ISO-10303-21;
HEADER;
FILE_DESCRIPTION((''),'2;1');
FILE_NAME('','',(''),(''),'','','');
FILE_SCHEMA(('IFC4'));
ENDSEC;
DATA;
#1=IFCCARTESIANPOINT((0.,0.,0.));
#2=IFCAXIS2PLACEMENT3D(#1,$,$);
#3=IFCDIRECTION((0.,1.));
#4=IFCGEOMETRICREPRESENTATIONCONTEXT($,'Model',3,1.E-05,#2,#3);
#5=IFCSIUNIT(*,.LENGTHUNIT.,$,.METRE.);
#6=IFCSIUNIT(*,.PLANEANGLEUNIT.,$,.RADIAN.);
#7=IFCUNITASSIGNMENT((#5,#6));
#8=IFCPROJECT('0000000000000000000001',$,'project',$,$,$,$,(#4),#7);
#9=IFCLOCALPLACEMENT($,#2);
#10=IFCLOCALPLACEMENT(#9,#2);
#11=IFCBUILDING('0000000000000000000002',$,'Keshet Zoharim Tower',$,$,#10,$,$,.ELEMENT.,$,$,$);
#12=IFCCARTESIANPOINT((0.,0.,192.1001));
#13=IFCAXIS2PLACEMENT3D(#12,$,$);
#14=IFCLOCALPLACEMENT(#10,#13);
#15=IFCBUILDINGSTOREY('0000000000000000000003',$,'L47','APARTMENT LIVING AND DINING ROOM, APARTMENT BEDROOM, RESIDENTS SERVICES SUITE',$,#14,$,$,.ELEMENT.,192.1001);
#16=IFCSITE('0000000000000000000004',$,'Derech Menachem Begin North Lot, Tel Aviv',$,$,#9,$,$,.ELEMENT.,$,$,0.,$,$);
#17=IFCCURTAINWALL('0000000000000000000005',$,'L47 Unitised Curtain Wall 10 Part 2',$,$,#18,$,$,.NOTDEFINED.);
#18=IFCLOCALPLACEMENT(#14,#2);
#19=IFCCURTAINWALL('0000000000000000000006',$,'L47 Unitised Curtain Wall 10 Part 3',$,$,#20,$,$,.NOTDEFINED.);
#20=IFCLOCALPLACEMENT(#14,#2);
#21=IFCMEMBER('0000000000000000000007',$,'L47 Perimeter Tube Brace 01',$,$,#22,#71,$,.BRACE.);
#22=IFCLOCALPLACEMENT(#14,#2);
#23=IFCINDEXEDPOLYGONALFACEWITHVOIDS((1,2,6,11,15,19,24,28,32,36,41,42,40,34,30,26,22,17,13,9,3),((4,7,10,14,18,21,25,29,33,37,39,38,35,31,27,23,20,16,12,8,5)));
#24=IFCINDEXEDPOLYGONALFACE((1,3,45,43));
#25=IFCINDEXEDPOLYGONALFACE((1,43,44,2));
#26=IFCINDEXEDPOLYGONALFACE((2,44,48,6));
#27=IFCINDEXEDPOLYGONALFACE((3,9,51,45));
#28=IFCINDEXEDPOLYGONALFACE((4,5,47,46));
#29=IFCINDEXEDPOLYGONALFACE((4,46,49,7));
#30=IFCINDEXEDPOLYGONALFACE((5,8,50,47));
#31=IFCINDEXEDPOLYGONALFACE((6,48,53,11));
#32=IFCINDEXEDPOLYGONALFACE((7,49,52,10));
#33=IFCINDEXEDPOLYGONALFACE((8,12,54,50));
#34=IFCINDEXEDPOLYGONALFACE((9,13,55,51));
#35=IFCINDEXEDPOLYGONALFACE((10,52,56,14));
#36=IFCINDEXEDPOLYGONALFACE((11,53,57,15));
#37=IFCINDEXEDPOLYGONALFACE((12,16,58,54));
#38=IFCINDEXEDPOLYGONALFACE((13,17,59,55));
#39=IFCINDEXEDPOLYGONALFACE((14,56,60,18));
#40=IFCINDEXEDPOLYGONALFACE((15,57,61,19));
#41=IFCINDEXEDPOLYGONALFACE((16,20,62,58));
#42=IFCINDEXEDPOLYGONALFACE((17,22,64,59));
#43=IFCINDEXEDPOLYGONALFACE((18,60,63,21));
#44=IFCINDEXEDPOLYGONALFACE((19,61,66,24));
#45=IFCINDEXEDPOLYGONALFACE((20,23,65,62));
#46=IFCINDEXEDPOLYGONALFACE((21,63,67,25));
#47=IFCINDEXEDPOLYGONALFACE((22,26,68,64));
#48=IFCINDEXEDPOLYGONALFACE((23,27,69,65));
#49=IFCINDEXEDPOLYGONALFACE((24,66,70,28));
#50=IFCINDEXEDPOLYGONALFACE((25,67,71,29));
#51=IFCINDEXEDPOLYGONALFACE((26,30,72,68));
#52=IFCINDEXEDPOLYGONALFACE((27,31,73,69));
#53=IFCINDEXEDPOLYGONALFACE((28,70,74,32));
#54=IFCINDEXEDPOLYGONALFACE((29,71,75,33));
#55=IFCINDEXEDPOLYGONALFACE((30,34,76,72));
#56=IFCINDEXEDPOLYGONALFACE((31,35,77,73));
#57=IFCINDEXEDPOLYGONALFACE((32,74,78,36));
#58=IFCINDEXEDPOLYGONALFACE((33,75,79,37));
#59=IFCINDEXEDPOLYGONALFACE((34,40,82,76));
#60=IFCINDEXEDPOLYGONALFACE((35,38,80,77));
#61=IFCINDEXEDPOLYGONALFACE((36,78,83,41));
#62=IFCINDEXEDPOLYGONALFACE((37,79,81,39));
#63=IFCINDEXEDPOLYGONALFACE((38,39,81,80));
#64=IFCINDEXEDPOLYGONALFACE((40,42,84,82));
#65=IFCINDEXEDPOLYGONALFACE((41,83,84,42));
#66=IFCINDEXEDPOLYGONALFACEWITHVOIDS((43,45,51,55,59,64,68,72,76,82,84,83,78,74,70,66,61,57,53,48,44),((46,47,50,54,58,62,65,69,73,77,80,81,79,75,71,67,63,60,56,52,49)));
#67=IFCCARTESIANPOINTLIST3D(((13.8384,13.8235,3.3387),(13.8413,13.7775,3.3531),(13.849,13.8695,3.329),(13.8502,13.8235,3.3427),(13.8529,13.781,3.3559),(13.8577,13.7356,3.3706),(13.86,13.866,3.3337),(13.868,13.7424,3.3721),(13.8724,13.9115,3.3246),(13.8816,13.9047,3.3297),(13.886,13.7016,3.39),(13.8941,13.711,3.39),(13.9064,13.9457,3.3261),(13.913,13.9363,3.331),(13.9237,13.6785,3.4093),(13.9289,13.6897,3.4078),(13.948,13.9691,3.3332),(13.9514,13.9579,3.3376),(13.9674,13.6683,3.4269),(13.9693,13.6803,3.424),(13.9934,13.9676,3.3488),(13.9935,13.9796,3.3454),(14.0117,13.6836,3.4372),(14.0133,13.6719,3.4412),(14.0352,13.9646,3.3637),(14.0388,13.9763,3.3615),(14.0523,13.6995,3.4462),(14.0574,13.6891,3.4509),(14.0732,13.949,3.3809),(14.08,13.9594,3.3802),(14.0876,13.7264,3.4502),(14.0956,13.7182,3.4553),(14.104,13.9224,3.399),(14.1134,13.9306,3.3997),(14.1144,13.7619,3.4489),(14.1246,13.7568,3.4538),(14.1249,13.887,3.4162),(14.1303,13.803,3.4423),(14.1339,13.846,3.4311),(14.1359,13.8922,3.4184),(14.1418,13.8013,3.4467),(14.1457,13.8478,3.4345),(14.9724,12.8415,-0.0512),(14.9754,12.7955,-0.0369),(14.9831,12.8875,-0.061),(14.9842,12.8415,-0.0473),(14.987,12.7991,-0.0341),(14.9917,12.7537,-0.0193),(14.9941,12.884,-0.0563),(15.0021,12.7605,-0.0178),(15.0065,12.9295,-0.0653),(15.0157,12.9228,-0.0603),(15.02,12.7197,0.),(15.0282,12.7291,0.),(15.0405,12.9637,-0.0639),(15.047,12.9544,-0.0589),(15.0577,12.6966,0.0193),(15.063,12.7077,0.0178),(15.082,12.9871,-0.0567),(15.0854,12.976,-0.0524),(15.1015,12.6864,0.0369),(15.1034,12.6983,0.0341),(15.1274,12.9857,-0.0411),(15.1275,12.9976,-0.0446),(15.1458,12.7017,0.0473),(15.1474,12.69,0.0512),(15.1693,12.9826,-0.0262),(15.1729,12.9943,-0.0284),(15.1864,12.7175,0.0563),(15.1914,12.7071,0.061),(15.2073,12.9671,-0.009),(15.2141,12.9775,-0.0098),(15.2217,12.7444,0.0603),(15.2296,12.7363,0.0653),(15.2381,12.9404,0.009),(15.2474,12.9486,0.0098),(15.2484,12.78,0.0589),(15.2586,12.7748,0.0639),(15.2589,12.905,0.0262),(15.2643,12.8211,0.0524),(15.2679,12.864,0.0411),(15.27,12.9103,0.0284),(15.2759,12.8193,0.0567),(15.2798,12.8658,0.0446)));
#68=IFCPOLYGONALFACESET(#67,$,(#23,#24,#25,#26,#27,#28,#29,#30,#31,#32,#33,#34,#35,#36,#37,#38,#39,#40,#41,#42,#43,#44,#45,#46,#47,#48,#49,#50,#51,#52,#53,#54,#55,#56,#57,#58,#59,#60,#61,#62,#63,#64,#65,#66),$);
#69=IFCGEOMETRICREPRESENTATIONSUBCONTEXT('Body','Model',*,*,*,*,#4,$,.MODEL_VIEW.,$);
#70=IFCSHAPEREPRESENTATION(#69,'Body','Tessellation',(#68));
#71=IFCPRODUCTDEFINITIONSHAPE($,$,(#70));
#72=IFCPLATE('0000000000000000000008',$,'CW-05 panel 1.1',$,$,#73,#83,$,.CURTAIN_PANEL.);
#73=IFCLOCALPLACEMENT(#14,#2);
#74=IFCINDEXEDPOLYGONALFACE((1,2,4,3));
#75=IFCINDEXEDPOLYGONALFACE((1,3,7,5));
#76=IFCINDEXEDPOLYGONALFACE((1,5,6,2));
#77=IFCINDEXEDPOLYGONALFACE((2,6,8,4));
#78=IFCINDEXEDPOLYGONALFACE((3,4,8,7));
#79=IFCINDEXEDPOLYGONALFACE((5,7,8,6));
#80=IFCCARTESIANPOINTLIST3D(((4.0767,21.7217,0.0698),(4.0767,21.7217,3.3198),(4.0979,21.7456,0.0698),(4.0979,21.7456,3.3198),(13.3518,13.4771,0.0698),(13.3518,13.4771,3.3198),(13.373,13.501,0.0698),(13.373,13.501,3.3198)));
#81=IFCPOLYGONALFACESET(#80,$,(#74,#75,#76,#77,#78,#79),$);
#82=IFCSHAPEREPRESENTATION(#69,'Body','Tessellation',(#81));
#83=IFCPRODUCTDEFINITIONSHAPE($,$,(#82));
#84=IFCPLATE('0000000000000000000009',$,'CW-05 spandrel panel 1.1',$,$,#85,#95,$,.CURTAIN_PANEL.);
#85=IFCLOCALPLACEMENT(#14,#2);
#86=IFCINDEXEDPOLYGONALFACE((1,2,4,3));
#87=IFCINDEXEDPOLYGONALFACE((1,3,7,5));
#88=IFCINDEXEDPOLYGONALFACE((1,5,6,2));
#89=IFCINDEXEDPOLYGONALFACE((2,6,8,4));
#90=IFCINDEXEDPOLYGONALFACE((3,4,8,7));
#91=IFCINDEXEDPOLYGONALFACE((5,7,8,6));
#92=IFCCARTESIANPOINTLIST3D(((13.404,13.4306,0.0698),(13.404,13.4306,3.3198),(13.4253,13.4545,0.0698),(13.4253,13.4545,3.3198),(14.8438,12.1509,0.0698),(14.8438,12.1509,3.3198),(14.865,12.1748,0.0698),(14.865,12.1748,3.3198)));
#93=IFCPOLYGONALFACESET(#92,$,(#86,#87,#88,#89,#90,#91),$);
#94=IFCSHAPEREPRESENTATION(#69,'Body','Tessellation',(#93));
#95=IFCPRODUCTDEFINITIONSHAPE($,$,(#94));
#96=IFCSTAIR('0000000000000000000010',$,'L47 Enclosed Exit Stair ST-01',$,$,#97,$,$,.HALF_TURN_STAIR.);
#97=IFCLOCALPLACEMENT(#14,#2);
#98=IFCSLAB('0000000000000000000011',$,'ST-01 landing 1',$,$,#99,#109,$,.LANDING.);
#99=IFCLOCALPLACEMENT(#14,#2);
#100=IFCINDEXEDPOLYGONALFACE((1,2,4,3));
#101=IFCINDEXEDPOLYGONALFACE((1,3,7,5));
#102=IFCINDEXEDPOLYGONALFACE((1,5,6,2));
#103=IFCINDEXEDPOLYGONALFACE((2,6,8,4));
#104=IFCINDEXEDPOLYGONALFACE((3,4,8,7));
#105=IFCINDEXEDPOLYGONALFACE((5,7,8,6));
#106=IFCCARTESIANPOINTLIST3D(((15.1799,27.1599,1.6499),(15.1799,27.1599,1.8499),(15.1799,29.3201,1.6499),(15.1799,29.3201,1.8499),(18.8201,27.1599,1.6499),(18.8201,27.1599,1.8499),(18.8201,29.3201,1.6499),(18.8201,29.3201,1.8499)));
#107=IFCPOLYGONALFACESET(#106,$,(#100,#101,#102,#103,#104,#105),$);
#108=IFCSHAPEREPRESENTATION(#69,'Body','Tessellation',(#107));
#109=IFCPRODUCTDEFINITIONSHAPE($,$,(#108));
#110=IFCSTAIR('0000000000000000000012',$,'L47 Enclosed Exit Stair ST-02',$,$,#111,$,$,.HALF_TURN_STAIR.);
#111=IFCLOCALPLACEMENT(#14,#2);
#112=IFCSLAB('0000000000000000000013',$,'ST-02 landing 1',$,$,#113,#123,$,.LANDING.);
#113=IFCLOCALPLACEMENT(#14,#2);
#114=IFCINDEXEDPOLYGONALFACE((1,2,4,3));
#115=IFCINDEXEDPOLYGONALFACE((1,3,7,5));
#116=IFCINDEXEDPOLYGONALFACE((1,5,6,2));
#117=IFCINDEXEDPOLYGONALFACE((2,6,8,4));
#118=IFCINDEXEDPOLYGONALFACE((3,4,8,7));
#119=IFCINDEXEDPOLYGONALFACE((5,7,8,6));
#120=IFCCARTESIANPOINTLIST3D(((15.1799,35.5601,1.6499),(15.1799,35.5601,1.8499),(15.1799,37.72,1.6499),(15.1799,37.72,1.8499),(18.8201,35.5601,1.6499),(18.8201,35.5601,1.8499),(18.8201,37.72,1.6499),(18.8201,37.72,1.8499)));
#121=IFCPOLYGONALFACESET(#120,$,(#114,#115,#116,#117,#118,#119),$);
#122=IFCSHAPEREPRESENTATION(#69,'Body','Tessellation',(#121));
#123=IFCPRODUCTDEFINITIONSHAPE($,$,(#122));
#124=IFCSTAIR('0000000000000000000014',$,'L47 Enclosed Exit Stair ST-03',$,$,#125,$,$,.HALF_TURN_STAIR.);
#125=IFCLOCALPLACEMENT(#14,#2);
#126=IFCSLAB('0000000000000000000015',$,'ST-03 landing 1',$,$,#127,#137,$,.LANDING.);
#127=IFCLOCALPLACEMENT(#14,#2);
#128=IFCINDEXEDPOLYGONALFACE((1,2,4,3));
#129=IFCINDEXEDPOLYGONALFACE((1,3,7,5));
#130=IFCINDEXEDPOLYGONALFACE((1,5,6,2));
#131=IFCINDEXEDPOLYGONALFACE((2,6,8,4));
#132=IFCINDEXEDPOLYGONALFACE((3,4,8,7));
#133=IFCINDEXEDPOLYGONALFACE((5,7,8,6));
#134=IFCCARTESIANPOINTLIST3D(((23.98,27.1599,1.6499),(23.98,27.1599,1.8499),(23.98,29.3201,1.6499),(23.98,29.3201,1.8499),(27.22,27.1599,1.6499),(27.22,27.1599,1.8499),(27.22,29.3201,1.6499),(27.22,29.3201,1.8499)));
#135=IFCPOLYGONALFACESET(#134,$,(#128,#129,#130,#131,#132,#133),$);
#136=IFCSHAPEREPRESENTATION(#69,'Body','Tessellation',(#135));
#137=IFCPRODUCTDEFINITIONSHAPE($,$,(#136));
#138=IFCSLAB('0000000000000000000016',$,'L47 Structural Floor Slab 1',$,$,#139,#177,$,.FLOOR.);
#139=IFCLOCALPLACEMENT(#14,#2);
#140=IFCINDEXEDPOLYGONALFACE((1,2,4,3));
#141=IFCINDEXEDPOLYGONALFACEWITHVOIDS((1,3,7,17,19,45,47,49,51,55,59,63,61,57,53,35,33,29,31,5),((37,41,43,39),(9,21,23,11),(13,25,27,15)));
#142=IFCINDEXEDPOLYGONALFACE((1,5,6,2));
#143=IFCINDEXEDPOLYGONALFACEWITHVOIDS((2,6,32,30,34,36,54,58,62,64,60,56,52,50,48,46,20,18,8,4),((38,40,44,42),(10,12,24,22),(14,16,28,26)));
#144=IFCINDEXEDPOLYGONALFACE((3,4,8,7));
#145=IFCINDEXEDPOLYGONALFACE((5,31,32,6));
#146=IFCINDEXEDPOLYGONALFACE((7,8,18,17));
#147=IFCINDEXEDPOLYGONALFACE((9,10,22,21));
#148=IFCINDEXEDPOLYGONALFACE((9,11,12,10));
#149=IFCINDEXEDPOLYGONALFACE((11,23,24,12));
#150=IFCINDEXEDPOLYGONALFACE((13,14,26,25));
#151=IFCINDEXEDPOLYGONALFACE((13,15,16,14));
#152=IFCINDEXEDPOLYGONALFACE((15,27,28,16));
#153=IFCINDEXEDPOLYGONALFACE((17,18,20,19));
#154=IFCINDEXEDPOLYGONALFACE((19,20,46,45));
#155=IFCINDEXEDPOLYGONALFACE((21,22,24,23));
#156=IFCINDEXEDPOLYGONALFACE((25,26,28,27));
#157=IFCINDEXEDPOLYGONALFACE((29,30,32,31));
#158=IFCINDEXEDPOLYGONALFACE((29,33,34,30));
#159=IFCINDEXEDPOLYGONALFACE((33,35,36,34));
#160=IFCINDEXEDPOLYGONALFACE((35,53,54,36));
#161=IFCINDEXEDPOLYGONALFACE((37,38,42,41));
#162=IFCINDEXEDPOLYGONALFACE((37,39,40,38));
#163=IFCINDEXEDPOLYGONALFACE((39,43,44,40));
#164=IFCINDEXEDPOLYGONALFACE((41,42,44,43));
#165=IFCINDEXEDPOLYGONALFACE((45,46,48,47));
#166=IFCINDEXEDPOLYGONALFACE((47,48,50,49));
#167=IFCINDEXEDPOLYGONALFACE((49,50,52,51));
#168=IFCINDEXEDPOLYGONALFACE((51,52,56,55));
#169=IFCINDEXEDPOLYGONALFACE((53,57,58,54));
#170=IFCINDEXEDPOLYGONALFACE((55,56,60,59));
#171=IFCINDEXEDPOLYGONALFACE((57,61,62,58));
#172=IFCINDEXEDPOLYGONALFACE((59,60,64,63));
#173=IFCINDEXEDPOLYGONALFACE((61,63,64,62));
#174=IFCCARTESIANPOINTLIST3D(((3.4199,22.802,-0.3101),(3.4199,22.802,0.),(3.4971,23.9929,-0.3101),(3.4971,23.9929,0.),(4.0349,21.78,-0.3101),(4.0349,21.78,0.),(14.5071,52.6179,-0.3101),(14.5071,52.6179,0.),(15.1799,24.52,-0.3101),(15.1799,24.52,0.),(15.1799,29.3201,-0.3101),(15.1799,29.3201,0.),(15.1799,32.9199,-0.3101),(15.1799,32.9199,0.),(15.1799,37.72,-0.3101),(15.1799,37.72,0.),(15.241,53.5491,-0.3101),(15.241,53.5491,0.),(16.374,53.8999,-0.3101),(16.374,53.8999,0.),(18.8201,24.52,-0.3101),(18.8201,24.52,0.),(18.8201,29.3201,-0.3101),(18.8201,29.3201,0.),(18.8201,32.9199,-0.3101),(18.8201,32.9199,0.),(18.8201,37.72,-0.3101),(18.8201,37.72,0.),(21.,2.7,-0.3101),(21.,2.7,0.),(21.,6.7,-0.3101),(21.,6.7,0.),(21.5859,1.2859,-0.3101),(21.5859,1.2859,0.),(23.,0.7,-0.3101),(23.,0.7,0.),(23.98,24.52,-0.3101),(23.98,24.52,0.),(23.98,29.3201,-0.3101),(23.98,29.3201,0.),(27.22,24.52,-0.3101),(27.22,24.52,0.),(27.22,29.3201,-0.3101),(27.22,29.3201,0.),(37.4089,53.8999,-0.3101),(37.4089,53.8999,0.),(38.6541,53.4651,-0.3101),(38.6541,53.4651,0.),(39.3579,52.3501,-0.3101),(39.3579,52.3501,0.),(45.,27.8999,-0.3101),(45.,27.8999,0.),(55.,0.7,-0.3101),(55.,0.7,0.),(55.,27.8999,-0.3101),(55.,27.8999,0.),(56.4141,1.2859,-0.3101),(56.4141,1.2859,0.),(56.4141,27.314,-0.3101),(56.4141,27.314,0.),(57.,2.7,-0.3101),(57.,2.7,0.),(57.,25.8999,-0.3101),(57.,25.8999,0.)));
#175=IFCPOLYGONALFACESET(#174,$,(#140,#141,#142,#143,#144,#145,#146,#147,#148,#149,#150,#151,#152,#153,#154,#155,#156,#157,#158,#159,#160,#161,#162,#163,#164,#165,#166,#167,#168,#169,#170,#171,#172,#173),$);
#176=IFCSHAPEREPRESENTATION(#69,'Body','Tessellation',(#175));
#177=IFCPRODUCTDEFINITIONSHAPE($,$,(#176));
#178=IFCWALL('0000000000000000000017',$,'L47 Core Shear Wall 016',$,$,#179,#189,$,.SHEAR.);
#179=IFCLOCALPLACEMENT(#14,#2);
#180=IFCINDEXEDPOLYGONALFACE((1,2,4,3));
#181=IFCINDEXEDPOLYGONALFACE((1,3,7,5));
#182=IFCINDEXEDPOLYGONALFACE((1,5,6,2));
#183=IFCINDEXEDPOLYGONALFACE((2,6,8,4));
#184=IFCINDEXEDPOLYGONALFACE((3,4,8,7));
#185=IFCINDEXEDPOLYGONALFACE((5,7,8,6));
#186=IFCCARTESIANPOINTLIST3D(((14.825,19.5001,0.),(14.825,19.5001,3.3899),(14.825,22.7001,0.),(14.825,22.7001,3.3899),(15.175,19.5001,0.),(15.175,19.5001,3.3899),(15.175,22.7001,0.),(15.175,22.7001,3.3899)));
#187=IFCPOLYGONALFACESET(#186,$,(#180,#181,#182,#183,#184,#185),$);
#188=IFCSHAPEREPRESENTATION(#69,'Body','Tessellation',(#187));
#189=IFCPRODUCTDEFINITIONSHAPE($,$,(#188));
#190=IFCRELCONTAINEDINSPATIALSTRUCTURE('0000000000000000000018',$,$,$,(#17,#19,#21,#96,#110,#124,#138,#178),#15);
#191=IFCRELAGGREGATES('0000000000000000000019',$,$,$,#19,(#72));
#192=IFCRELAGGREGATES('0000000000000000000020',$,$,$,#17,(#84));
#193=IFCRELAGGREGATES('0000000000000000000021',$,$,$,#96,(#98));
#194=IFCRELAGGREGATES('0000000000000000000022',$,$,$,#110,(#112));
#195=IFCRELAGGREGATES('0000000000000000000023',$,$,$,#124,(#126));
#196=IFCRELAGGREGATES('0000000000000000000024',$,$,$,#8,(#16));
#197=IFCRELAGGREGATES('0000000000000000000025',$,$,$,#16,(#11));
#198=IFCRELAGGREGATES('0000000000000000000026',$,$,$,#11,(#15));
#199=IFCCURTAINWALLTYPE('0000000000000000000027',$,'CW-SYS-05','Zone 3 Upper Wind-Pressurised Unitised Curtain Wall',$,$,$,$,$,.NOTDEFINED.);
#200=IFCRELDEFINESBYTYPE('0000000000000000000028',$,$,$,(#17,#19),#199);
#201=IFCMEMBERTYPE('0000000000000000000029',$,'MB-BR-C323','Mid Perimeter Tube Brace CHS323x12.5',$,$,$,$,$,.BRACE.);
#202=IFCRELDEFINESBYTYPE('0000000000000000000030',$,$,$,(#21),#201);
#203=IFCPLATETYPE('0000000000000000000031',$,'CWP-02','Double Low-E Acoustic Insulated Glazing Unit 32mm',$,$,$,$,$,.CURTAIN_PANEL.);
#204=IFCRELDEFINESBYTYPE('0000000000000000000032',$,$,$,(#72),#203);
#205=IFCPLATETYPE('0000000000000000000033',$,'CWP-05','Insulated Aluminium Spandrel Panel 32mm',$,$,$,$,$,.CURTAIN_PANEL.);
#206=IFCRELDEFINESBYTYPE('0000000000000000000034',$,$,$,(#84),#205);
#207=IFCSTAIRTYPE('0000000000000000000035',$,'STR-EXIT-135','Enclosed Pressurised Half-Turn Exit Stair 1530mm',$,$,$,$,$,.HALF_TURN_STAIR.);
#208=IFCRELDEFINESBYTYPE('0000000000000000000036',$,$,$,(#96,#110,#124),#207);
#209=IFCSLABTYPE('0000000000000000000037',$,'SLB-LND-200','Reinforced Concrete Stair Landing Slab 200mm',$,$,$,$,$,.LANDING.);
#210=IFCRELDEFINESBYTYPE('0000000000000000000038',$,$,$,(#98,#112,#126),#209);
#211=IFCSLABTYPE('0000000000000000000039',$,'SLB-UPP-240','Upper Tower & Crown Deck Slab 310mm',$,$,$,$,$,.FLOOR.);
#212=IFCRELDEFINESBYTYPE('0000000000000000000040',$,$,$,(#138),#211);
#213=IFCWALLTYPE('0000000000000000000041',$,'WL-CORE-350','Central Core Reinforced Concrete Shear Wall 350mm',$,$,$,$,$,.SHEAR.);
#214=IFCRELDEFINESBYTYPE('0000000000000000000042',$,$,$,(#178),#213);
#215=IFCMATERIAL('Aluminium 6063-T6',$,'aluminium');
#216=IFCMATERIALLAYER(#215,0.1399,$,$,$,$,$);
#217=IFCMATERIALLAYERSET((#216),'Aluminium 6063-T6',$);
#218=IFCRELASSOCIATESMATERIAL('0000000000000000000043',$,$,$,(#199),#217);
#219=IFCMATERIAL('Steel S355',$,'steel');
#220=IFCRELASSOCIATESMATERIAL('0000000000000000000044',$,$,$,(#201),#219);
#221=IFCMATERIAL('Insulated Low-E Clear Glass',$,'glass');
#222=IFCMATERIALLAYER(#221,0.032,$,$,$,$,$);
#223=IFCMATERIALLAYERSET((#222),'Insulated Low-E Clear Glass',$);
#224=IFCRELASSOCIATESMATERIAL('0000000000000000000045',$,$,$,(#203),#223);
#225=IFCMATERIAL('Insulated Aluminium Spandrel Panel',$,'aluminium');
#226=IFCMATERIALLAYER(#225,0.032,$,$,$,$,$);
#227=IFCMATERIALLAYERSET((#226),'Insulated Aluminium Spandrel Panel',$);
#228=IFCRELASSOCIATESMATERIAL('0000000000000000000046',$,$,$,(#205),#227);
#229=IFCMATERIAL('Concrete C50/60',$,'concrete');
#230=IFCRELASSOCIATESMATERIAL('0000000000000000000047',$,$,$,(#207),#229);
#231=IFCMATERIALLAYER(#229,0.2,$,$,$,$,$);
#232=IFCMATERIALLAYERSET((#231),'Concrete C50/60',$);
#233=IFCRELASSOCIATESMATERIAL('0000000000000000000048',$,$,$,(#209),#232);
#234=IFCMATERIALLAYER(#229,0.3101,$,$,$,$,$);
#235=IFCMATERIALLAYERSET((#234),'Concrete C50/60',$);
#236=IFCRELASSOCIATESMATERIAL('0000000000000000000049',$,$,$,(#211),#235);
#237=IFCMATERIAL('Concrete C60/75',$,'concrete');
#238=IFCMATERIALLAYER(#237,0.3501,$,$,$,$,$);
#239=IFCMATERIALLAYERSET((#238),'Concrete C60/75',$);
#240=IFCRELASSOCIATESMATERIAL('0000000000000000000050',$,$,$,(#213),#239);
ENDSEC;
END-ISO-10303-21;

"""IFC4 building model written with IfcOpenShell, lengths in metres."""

from ifc_helpers import new_model, si_unit, direction, frame, frame_2d, origin, origin_2d, place, context, subcontext, project, spatial, polyline, rectangle, hollow_circle, outline, extrude, material, layer, layer_set, material_profile, profile_set, type_object, element, aggregate, save


model = new_model("IFC4")

# Units and contexts
model_context = context("Model", 3, precision=1e-05, world=origin(), true_north=direction((0.0, 1.0)))
body_context = subcontext(model_context, "Body", "Model", "MODEL_VIEW")
ifc_project = project(units=[si_unit("LENGTHUNIT", "METRE"), si_unit("PLANEANGLEUNIT", "RADIAN")], contexts=[model_context])

# Site, building, storey
site_placement = place(None, origin())
site = spatial("IfcSite", under=ifc_project, at=site_placement, Name="Derech Menachem Begin North Lot, Tel Aviv", CompositionType="ELEMENT", RefElevation=0.0)
building_placement = place(site_placement, origin())
building = spatial("IfcBuilding", under=site, at=building_placement, Name="Keshet Zoharim Tower", CompositionType="ELEMENT")
storey_placement = place(building_placement, frame((0.0, 0.0, 192.1001)))
storey = spatial("IfcBuildingStorey", under=building, at=storey_placement, Name="L47", Description="APARTMENT LIVING AND DINING ROOM, APARTMENT BEDROOM, RESIDENTS SERVICES SUITE", CompositionType="ELEMENT", Elevation=192.1001)

# Shared definitions
ifc_material_1 = material(Name="Steel S355", Category="steel")
ifc_material_2 = material(Name="Concrete C60/75", Category="concrete")

# Shared definitions
ifc_material_3 = material(Name="Concrete C50/60", Category="concrete")

# Shared definitions
ifc_material_4 = material(Name="Aluminium 6063-T6", Category="aluminium")
ifc_layer_1 = layer(ifc_material_4, 0.1399)
ifc_layer_set_1 = layer_set([ifc_layer_1], Name="Aluminium 6063-T6")
curtain_wall_type = type_object("IfcCurtainWallType", Name="CW-SYS-05", Description="Zone 3 Upper Wind-Pressurised Unitised Curtain Wall", PredefinedType="NOTDEFINED", material=ifc_layer_set_1)

# Curtain walls
curtain_wall_1_placement = place(storey_placement, origin())
curtain_wall_1 = element("IfcCurtainWall", 1, at=curtain_wall_1_placement, inside=storey, type_object=curtain_wall_type, Name="L47 Unitised Curtain Wall 10 Part 2", PredefinedType="NOTDEFINED")
curtain_wall_2_placement = place(storey_placement, origin())
curtain_wall_2 = element("IfcCurtainWall", 2, at=curtain_wall_2_placement, inside=storey, type_object=curtain_wall_type, Name="L47 Unitised Curtain Wall 10 Part 3", PredefinedType="NOTDEFINED")

# Member
ifc_material_profile_1 = material_profile(ifc_material_1, hollow_circle(Radius=0.1619, WallThickness=0.0125, at=origin_2d()), Name="CHS323x12.5")
ifc_profile_set_1 = profile_set([ifc_material_profile_1], Name="Steel S355")
member_type_1 = type_object("IfcMemberType", Name="MB-BR-C323", Description="Mid Perimeter Tube Brace CHS323x12.5", PredefinedType="BRACE", material=ifc_profile_set_1)
member_1_placement = place(storey_placement, frame((15.126, 12.842, 0.0), z_axis=(-0.30592, 0.264889, 0.914466), x_axis=(-0.65459, -0.755984, 0.0)))
element("IfcMember", 3, at=member_1_placement, inside=storey, type_object=member_type_1, Name="L47 Perimeter Tube Brace 01", PredefinedType="BRACE", context=body_context, shape_type="SweptSolid", body=[
    extrude(hollow_circle(Radius=0.1619, WallThickness=0.0125, at=origin_2d()), origin(), (0.0, 0.0, 1.0), 3.707),
])

# Plates
ifc_material_5 = material(Name="Insulated Low-E Clear Glass", Category="glass")
ifc_layer_2 = layer(ifc_material_5, 0.032)
ifc_layer_set_2 = layer_set([ifc_layer_2], Name="Insulated Low-E Clear Glass")
plate_type_1 = type_object("IfcPlateType", Name="CWP-02", Description="Double Low-E Acoustic Insulated Glazing Unit 32mm", PredefinedType="CURTAIN_PANEL", material=ifc_layer_set_2)
plate_1_placement = place(storey_placement, frame((8.7249, 17.6113, 0.0698), z_axis=(0.0, 0.0, 1.0), x_axis=(-0.747407, 0.664367, 0.0)))
plate_1 = element("IfcPlate", 4, at=plate_1_placement, type_object=plate_type_1, Name="CW-05 panel 1.1", PredefinedType="CURTAIN_PANEL", context=body_context, shape_type="SweptSolid", body=[
    extrude(rectangle(XDim=12.4097, YDim=0.032, at=origin_2d()), origin(), (0.0, 0.0, 1.0), 3.25),
])
aggregate(curtain_wall_2, [plate_1])
ifc_material_6 = material(Name="Insulated Aluminium Spandrel Panel", Category="aluminium")
ifc_layer_3 = layer(ifc_material_6, 0.032)
ifc_layer_set_3 = layer_set([ifc_layer_3], Name="Insulated Aluminium Spandrel Panel")
plate_type_2 = type_object("IfcPlateType", Name="CWP-05", Description="Insulated Aluminium Spandrel Panel 32mm", PredefinedType="CURTAIN_PANEL", material=ifc_layer_set_3)
plate_2_placement = place(storey_placement, frame((14.1345, 12.8027, 0.0698), z_axis=(0.0, 0.0, 1.0), x_axis=(-0.74744, 0.66433, 0.0)))
plate_2 = element("IfcPlate", 5, at=plate_2_placement, type_object=plate_type_2, Name="CW-05 spandrel panel 1.1", PredefinedType="CURTAIN_PANEL", context=body_context, shape_type="SweptSolid", body=[
    extrude(rectangle(XDim=1.9263, YDim=0.032, at=origin_2d()), origin(), (0.0, 0.0, 1.0), 3.25),
])
aggregate(curtain_wall_1, [plate_2])

# Stairs, slabs
stair_type = type_object("IfcStairType", Name="STR-EXIT-135", Description="Enclosed Pressurised Half-Turn Exit Stair 1530mm", PredefinedType="HALF_TURN_STAIR", material=ifc_material_3)
stair_1_placement = place(storey_placement, origin())
stair_1 = element("IfcStair", 6, at=stair_1_placement, inside=storey, type_object=stair_type, Name="L47 Enclosed Exit Stair ST-01", PredefinedType="HALF_TURN_STAIR")
ifc_layer_4 = layer(ifc_material_3, 0.2)
ifc_layer_set_4 = layer_set([ifc_layer_4], Name="Concrete C50/60")
slab_type_1 = type_object("IfcSlabType", Name="SLB-LND-200", Description="Reinforced Concrete Stair Landing Slab 200mm", PredefinedType="LANDING", material=ifc_layer_set_4)
slab_1_placement = place(storey_placement, frame((0.0, 0.0, 1.6499)))
slab_1 = element("IfcSlab", 7, at=slab_1_placement, type_object=slab_type_1, Name="ST-01 landing 1", PredefinedType="LANDING", context=body_context, shape_type="SweptSolid", body=[
    extrude(outline(polyline([(15.1799, 27.1599), (18.8201, 27.1599), (18.8201, 29.3201), (15.1799, 29.3201), (15.1799, 27.1599)])), origin(), (0.0, 0.0, 1.0), 0.2),
])
aggregate(stair_1, [slab_1])
stair_2_placement = place(storey_placement, origin())
stair_2 = element("IfcStair", 8, at=stair_2_placement, inside=storey, type_object=stair_type, Name="L47 Enclosed Exit Stair ST-02", PredefinedType="HALF_TURN_STAIR")
slab_2_placement = place(storey_placement, frame((0.0, 0.0, 1.6499)))
slab_2 = element("IfcSlab", 9, at=slab_2_placement, type_object=slab_type_1, Name="ST-02 landing 1", PredefinedType="LANDING", context=body_context, shape_type="SweptSolid", body=[
    extrude(outline(polyline([(15.1799, 35.5601), (18.8201, 35.5601), (18.8201, 37.72), (15.1799, 37.72), (15.1799, 35.5601)])), origin(), (0.0, 0.0, 1.0), 0.2),
])
aggregate(stair_2, [slab_2])
stair_3_placement = place(storey_placement, origin())
stair_3 = element("IfcStair", 10, at=stair_3_placement, inside=storey, type_object=stair_type, Name="L47 Enclosed Exit Stair ST-03", PredefinedType="HALF_TURN_STAIR")
slab_3_placement = place(storey_placement, frame((0.0, 0.0, 1.6499)))
slab_3 = element("IfcSlab", 11, at=slab_3_placement, type_object=slab_type_1, Name="ST-03 landing 1", PredefinedType="LANDING", context=body_context, shape_type="SweptSolid", body=[
    extrude(outline(polyline([(23.98, 27.1599), (27.22, 27.1599), (27.22, 29.3201), (23.98, 29.3201), (23.98, 27.1599)])), origin(), (0.0, 0.0, 1.0), 0.2),
])
aggregate(stair_3, [slab_3])

# Slab
ifc_layer_5 = layer(ifc_material_3, 0.3101)
ifc_layer_set_5 = layer_set([ifc_layer_5], Name="Concrete C50/60")
slab_type_2 = type_object("IfcSlabType", Name="SLB-UPP-240", Description="Upper Tower & Crown Deck Slab 310mm", PredefinedType="FLOOR", material=ifc_layer_set_5)
slab_4_placement = place(storey_placement, frame((0.0, 0.0, -0.3101)))
element("IfcSlab", 12, at=slab_4_placement, inside=storey, type_object=slab_type_2, Name="L47 Structural Floor Slab 1", PredefinedType="FLOOR", context=body_context, shape_type="SweptSolid", body=[
    extrude(outline(polyline([(55.0, 27.8999), (56.4141, 27.314), (57.0, 25.8999), (57.0, 2.7), (56.4141, 1.2859), (55.0, 0.7), (23.0, 0.7), (21.5859, 1.2859), (21.0, 2.7), (21.0, 6.7), (4.0349, 21.78), (3.4199, 22.802), (3.4971, 23.9929), (14.5071, 52.6179), (15.241, 53.5491), (16.374, 53.8999), (37.4089, 53.8999), (38.6541, 53.4651), (39.3579, 52.3501), (45.0, 27.8999), (55.0, 27.8999)]), holes=[polyline([(15.1799, 24.52), (18.8201, 24.52), (18.8201, 29.3201), (15.1799, 29.3201), (15.1799, 24.52)]), polyline([(15.1799, 32.9199), (18.8201, 32.9199), (18.8201, 37.72), (15.1799, 37.72), (15.1799, 32.9199)]), polyline([(23.98, 24.52), (27.22, 24.52), (27.22, 29.3201), (23.98, 29.3201), (23.98, 24.52)])]), origin(), (0.0, 0.0, 1.0), 0.3101),
])

# Wall
ifc_layer_6 = layer(ifc_material_2, 0.3501)
ifc_layer_set_6 = layer_set([ifc_layer_6], Name="Concrete C60/75")
wall_type_1 = type_object("IfcWallType", Name="WL-CORE-350", Description="Central Core Reinforced Concrete Shear Wall 350mm", PredefinedType="SHEAR", material=ifc_layer_set_6)
wall_1_placement = place(storey_placement, frame((15.0, 19.5, 0.0), z_axis=(0.0, 0.0, 1.0), x_axis=(0.0, 1.0, 0.0)))
element("IfcWall", 13, at=wall_1_placement, inside=storey, type_object=wall_type_1, Name="L47 Core Shear Wall 016", PredefinedType="SHEAR", context=body_context, shape_type="SweptSolid", body=[
    extrude(rectangle(XDim=3.2, YDim=0.3501, at=frame_2d((1.6001, 0.0))), origin(), (0.0, 0.0, 1.0), 3.3899),
])

save(model, "model.ifc")
